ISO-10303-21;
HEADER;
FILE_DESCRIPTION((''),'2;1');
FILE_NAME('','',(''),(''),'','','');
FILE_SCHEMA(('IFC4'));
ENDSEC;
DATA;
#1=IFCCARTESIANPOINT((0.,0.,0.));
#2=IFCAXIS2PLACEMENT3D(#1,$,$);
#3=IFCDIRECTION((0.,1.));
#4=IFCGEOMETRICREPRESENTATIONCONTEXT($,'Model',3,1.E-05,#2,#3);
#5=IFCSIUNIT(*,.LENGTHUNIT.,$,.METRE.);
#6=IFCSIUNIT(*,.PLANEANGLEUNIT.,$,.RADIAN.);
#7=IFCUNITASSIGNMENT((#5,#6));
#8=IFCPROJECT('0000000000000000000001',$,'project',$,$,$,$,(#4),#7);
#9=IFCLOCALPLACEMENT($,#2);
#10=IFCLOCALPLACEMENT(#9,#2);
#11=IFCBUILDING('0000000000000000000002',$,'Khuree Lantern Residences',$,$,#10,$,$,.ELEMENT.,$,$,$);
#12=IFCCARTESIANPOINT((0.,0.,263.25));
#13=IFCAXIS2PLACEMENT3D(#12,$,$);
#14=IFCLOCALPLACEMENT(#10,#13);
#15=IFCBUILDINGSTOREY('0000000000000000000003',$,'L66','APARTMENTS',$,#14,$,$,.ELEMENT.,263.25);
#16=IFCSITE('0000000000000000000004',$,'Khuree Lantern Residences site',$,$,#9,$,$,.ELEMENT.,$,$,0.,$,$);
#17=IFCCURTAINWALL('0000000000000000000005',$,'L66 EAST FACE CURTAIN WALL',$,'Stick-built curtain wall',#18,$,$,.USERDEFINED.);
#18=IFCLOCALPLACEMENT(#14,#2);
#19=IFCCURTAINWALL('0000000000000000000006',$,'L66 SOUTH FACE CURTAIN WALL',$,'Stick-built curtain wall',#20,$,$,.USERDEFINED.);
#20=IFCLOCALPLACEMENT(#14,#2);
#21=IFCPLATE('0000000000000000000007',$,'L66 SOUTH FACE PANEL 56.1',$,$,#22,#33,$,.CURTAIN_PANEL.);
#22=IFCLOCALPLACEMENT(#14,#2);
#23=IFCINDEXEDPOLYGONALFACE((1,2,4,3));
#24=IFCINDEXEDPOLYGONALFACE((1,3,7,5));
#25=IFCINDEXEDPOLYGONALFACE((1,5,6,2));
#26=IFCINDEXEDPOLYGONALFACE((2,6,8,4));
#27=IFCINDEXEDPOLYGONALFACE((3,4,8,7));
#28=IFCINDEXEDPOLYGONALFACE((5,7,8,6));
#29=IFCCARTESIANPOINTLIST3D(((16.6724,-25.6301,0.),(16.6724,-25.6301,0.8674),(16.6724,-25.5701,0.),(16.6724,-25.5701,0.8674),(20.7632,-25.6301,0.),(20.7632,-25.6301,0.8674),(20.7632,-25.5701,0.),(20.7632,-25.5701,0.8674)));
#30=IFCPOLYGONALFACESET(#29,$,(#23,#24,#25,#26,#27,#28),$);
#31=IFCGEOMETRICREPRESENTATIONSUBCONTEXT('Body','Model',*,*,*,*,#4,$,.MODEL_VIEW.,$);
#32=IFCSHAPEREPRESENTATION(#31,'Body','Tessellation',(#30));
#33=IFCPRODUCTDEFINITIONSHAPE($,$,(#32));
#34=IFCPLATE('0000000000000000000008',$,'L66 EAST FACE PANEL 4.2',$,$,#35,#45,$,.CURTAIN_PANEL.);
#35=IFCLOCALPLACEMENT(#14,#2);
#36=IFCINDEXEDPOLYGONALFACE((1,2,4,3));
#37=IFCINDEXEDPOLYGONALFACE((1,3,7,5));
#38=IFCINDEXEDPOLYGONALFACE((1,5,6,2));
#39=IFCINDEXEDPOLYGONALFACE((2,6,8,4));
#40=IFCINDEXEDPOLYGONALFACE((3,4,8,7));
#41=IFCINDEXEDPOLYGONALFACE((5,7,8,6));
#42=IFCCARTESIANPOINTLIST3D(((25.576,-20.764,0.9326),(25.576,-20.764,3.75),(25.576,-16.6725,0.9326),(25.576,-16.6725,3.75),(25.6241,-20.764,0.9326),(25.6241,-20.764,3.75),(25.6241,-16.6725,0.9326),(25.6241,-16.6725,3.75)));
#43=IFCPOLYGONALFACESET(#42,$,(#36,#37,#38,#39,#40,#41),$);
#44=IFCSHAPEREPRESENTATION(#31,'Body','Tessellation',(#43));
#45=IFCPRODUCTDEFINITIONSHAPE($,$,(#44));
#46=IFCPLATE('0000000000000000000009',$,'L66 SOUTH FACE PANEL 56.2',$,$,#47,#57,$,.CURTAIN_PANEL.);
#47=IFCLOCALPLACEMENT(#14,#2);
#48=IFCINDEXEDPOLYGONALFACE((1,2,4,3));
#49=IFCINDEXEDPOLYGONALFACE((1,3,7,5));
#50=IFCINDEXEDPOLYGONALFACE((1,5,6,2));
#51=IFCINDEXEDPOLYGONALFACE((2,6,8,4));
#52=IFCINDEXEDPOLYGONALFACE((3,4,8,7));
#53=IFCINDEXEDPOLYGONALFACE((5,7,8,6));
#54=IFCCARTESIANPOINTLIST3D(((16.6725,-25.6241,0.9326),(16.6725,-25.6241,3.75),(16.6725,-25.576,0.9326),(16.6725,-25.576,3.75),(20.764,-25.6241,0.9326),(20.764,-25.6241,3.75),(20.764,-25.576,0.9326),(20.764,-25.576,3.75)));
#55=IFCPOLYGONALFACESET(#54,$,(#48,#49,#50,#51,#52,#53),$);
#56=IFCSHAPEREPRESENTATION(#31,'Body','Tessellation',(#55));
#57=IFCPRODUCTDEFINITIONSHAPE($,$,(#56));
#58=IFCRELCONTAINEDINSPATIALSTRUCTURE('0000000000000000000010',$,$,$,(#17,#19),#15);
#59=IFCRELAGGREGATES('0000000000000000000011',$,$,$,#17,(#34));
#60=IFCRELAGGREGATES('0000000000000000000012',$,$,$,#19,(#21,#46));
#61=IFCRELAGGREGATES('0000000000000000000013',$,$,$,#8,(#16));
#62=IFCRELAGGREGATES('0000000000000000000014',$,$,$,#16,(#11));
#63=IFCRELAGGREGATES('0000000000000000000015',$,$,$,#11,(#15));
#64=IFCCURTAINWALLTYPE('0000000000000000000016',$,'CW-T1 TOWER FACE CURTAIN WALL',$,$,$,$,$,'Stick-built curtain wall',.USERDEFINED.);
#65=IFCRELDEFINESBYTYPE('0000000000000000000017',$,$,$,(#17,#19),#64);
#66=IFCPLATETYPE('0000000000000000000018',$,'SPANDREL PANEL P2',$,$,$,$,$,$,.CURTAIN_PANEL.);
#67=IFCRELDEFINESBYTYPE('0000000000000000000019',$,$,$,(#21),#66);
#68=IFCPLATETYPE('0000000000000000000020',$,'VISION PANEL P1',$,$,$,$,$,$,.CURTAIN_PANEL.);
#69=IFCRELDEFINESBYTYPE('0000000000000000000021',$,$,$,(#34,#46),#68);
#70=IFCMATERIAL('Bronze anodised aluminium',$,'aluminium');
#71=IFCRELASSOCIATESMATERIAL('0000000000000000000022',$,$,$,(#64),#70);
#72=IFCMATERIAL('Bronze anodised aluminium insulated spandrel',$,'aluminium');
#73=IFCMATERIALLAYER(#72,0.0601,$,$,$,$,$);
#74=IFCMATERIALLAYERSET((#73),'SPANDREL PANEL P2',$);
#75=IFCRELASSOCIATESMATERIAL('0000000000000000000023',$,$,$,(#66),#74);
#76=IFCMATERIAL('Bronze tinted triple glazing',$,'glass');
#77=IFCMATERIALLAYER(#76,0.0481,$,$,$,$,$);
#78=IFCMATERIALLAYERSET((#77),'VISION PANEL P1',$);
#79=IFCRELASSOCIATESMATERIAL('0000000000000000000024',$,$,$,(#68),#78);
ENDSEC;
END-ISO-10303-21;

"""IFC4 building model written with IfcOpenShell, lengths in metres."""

from ifc_helpers import new_model, si_unit, direction, frame, origin, origin_2d, place, context, subcontext, project, spatial, rectangle, extrude, material, layer, layer_set, type_object, element, aggregate, save


model = new_model("IFC4")

# Units and contexts
model_context = context("Model", 3, precision=1e-05, world=origin(), true_north=direction((0.0, 1.0)))
body_context = subcontext(model_context, "Body", "Model", "MODEL_VIEW")
ifc_project = project(units=[si_unit("LENGTHUNIT", "METRE"), si_unit("PLANEANGLEUNIT", "RADIAN")], contexts=[model_context])

# Site, building, storey
site_placement = place(None, origin())
site = spatial("IfcSite", under=ifc_project, at=site_placement, Name="Khuree Lantern Residences site", CompositionType="ELEMENT", RefElevation=0.0)
building_placement = place(site_placement, origin())
building = spatial("IfcBuilding", under=site, at=building_placement, Name="Khuree Lantern Residences", CompositionType="ELEMENT")
storey_placement = place(building_placement, frame((0.0, 0.0, 263.25)))
storey = spatial("IfcBuildingStorey", under=building, at=storey_placement, Name="L66", Description="APARTMENTS", CompositionType="ELEMENT", Elevation=263.25)

# Curtain wall
ifc_material_1 = material(Name="Bronze anodised aluminium", Category="aluminium")
curtain_wall_type_1 = type_object("IfcCurtainWallType", Name="CW-T1 TOWER FACE CURTAIN WALL", ElementType="Stick-built curtain wall", PredefinedType="USERDEFINED", material=ifc_material_1)
curtain_wall_1_placement = place(storey_placement, origin())
curtain_wall_1 = element("IfcCurtainWall", 1, at=curtain_wall_1_placement, inside=storey, type_object=curtain_wall_type_1, Name="L66 EAST FACE CURTAIN WALL", ObjectType="Stick-built curtain wall", PredefinedType="USERDEFINED")

# Curtain wall
curtain_wall_2_placement = place(storey_placement, origin())
curtain_wall_2 = element("IfcCurtainWall", 2, at=curtain_wall_2_placement, inside=storey, type_object=curtain_wall_type_1, Name="L66 SOUTH FACE CURTAIN WALL", ObjectType="Stick-built curtain wall", PredefinedType="USERDEFINED")

# Plates
ifc_material_2 = material(Name="Bronze tinted triple glazing", Category="glass")
ifc_material_3 = material(Name="Bronze anodised aluminium insulated spandrel", Category="aluminium")
ifc_layer_1 = layer(ifc_material_3, 0.0601)
ifc_layer_set_1 = layer_set([ifc_layer_1], Name="SPANDREL PANEL P2")
plate_type_1 = type_object("IfcPlateType", Name="SPANDREL PANEL P2", PredefinedType="CURTAIN_PANEL", material=ifc_layer_set_1)
plate_1_placement = place(storey_placement, frame((18.7178, -25.6001, 0.0), z_axis=(0.0, 0.0, 1.0), x_axis=(1.0, 0.0, 0.0)))
plate_1 = element("IfcPlate", 3, at=plate_1_placement, type_object=plate_type_1, Name="L66 SOUTH FACE PANEL 56.1", PredefinedType="CURTAIN_PANEL", context=body_context, shape_type="SweptSolid", body=[
    extrude(rectangle(XDim=4.0908, YDim=0.0601, at=origin_2d()), origin(), (0.0, 0.0, 1.0), 0.8674),
])
ifc_layer_2 = layer(ifc_material_2, 0.0481)
ifc_layer_set_2 = layer_set([ifc_layer_2], Name="VISION PANEL P1")
plate_type_2 = type_object("IfcPlateType", Name="VISION PANEL P1", PredefinedType="CURTAIN_PANEL", material=ifc_layer_set_2)
plate_2_placement = place(storey_placement, frame((25.6001, -18.7183, 0.9326), z_axis=(0.0, 0.0, 1.0), x_axis=(0.0, 1.0, 0.0)))
plate_2 = element("IfcPlate", 4, at=plate_2_placement, type_object=plate_type_2, Name="L66 EAST FACE PANEL 4.2", PredefinedType="CURTAIN_PANEL", context=body_context, shape_type="SweptSolid", body=[
    extrude(rectangle(XDim=4.0916, YDim=0.0481, at=origin_2d()), origin(), (0.0, 0.0, 1.0), 2.8174),
])
aggregate(curtain_wall_1, [plate_2])
plate_3_placement = place(storey_placement, frame((18.7183, -25.6001, 0.9326), z_axis=(0.0, 0.0, 1.0), x_axis=(1.0, 0.0, 0.0)))
plate_3 = element("IfcPlate", 5, at=plate_3_placement, type_object=plate_type_2, Name="L66 SOUTH FACE PANEL 56.2", PredefinedType="CURTAIN_PANEL", context=body_context, shape_type="SweptSolid", body=[
    extrude(rectangle(XDim=4.0916, YDim=0.0481, at=origin_2d()), origin(), (0.0, 0.0, 1.0), 2.8174),
])
aggregate(curtain_wall_2, [plate_1, plate_3])

save(model, "model.ifc")
